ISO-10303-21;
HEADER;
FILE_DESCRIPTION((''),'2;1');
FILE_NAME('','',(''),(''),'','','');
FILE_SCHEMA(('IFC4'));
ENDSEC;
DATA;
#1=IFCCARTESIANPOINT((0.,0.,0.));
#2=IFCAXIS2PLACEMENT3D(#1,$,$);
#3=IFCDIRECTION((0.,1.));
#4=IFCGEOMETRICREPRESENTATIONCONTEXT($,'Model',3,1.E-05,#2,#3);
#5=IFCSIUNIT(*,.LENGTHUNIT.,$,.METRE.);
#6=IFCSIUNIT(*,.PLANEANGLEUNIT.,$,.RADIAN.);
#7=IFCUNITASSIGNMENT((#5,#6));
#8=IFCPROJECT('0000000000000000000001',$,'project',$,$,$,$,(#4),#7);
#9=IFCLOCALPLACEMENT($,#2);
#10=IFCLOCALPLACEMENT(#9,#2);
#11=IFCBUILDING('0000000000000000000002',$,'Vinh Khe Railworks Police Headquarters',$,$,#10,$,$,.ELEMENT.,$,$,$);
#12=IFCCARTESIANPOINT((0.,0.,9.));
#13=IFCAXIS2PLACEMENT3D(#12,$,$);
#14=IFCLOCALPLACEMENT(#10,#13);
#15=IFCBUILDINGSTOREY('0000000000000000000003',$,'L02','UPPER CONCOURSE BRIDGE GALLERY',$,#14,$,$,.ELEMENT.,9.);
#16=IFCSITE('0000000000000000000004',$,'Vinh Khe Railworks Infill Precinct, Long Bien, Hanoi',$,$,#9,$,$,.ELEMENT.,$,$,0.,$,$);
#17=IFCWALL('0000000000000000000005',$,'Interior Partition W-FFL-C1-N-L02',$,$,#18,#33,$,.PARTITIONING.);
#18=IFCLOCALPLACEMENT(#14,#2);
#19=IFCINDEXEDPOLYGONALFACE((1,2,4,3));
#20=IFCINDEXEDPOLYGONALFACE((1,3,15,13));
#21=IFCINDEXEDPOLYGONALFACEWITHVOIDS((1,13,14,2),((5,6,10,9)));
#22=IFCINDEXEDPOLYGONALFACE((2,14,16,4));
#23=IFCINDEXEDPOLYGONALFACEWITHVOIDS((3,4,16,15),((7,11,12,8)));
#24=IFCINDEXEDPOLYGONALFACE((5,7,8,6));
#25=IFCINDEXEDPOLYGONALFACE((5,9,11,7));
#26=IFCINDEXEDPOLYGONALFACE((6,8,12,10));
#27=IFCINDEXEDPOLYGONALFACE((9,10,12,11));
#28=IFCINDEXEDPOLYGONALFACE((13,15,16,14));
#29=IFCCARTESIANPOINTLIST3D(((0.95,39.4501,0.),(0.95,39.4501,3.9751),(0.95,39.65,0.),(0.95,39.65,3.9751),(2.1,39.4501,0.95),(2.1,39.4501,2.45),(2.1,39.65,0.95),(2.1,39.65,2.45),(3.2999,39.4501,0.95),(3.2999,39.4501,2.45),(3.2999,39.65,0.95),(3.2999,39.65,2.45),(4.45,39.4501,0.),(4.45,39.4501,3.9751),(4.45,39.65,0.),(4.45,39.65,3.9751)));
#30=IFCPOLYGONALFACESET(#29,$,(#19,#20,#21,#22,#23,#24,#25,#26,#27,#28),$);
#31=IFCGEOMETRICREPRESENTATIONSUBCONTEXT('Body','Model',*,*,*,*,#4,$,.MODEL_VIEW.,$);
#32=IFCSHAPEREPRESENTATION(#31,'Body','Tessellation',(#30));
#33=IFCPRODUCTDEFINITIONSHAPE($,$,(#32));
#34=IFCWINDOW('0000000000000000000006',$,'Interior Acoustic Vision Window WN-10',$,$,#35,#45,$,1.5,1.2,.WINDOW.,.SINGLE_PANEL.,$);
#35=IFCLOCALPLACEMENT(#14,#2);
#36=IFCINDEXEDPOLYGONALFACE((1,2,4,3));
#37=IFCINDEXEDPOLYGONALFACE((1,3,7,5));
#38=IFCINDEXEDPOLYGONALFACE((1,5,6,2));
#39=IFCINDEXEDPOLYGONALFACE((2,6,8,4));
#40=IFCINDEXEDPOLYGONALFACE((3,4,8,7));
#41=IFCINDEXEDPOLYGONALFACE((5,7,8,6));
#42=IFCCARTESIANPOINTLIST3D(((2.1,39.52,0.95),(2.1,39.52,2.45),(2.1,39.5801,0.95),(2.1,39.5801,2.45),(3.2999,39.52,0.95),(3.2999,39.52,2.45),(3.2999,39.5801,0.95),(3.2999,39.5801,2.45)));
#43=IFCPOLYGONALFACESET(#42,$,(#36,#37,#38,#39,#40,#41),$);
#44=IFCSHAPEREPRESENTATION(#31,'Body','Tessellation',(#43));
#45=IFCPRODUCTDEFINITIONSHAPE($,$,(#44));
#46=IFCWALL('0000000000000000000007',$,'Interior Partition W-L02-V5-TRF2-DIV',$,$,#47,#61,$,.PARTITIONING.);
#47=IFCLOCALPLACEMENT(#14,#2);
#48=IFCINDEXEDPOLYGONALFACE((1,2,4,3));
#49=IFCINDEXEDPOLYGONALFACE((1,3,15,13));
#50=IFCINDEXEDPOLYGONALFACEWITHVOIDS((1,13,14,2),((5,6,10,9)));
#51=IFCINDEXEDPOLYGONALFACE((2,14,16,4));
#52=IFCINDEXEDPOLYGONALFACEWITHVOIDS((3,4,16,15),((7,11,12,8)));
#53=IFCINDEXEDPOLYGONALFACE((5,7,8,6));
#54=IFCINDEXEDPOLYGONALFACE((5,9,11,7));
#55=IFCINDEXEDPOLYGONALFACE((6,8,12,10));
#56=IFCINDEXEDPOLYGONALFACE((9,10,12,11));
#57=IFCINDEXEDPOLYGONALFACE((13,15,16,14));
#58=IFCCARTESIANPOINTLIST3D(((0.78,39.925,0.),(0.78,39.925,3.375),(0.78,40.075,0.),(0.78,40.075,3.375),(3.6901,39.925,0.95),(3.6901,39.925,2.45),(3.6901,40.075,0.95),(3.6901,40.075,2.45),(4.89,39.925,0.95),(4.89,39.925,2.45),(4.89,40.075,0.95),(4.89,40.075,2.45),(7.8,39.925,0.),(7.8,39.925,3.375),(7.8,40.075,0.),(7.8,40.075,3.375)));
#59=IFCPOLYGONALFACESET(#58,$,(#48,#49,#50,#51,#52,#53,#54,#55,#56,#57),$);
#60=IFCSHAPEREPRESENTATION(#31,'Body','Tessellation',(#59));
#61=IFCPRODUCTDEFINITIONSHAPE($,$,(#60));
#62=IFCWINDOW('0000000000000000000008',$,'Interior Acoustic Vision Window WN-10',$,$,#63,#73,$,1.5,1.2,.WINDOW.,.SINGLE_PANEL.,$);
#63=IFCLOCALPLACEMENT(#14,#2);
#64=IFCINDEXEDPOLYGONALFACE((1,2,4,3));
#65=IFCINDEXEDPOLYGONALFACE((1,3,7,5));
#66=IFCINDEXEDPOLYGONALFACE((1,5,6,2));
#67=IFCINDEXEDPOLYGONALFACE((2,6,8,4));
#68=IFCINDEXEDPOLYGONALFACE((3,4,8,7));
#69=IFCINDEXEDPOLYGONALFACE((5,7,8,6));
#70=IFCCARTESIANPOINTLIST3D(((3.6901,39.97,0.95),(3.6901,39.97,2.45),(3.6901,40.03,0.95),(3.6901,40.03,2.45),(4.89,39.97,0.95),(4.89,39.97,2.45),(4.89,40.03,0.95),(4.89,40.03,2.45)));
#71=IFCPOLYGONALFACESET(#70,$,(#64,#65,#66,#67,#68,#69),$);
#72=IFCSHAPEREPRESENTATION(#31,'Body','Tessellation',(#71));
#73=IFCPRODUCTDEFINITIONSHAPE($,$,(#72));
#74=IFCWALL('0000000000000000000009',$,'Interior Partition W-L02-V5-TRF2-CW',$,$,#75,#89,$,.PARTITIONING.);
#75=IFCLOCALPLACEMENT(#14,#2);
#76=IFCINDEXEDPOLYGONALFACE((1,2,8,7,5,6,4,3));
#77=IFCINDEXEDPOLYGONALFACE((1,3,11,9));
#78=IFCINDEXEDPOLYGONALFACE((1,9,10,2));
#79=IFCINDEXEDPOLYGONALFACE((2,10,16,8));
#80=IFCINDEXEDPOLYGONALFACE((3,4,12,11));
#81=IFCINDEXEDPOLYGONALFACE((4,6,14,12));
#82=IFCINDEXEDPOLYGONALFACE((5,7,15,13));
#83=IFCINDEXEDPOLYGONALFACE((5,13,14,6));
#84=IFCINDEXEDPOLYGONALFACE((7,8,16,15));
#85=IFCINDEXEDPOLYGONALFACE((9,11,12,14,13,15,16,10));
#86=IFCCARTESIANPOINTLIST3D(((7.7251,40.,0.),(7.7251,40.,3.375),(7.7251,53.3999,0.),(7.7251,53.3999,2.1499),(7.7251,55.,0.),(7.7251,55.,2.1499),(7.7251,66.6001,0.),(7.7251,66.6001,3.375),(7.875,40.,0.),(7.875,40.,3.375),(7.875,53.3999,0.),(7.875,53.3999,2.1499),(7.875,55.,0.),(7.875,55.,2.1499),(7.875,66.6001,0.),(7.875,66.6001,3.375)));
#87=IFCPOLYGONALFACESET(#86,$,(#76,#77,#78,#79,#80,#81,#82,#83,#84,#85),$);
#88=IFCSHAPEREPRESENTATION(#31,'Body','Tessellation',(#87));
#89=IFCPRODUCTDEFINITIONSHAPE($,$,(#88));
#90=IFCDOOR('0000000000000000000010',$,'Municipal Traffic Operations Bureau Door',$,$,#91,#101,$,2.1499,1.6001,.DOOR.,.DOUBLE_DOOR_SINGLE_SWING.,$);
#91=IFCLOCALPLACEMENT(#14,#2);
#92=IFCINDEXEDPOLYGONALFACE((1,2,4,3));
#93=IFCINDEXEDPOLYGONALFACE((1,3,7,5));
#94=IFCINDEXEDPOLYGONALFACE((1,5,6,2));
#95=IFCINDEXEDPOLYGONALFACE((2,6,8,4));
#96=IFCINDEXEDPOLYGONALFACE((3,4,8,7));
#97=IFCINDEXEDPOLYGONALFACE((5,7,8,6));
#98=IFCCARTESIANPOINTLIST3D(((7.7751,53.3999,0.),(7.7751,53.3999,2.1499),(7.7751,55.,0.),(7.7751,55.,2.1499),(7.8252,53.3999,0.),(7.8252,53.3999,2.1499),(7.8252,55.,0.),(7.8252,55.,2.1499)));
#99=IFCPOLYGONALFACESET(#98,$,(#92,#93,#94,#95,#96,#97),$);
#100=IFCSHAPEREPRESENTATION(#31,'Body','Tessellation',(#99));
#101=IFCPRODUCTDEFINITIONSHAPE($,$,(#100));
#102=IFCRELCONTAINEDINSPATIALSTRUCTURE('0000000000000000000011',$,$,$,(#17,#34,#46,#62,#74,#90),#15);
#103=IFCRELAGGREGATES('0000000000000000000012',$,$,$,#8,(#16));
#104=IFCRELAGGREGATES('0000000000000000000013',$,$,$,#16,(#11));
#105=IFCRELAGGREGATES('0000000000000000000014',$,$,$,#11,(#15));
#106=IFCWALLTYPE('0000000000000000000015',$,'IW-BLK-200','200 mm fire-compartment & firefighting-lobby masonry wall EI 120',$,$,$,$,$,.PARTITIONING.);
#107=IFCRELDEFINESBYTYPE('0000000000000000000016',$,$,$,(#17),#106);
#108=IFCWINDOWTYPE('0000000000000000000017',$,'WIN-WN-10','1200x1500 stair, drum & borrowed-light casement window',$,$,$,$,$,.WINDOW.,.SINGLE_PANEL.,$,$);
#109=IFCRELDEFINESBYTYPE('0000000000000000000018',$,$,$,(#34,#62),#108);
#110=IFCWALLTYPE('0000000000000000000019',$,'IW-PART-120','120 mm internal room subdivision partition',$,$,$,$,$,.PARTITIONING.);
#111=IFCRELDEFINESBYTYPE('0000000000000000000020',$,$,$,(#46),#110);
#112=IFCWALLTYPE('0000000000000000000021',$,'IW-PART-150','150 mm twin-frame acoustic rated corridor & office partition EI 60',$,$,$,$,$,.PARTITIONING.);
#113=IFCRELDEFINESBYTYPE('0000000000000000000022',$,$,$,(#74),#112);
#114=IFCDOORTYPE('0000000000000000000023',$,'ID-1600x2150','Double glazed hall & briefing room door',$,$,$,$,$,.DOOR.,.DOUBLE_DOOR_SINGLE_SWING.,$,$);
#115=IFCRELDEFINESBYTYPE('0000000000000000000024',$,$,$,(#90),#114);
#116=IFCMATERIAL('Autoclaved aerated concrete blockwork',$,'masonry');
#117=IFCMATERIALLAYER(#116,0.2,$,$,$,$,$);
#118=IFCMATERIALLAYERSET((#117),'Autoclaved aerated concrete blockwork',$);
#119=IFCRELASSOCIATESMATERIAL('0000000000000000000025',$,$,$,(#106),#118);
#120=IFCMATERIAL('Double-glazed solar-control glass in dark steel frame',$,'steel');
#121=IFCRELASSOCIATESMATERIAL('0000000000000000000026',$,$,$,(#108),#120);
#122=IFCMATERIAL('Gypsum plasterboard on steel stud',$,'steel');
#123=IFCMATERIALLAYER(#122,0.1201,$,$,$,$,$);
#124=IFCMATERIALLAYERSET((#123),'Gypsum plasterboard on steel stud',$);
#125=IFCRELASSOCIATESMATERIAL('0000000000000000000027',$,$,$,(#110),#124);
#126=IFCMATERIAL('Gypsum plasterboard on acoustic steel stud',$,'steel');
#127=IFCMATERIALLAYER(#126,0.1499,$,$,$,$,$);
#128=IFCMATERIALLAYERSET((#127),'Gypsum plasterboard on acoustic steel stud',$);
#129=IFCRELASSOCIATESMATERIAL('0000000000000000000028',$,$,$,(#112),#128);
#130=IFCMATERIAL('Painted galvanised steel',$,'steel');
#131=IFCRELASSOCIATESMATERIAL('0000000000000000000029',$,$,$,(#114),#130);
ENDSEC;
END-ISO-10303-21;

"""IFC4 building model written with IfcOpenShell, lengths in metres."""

from ifc_helpers import new_model, si_unit, direction, frame, frame_2d, origin, place, context, subcontext, project, spatial, rectangle, extrude, material, layer, layer_set, type_object, element, fill, save


model = new_model("IFC4")

# Units and contexts
model_context = context("Model", 3, precision=1e-05, world=origin(), true_north=direction((0.0, 1.0)))
body_context = subcontext(model_context, "Body", "Model", "MODEL_VIEW")
ifc_project = project(units=[si_unit("LENGTHUNIT", "METRE"), si_unit("PLANEANGLEUNIT", "RADIAN")], contexts=[model_context])

# Site, building, storey
site_placement = place(None, origin())
site = spatial("IfcSite", under=ifc_project, at=site_placement, Name="Vinh Khe Railworks Infill Precinct, Long Bien, Hanoi", CompositionType="ELEMENT", RefElevation=0.0)
building_placement = place(site_placement, origin())
building = spatial("IfcBuilding", under=site, at=building_placement, Name="Vinh Khe Railworks Police Headquarters", CompositionType="ELEMENT")
storey_placement = place(building_placement, frame((0.0, 0.0, 9.0)))
storey = spatial("IfcBuildingStorey", under=building, at=storey_placement, Name="L02", Description="UPPER CONCOURSE BRIDGE GALLERY", CompositionType="ELEMENT", Elevation=9.0)

# Shared definitions
ifc_material_1 = material(Name="Painted galvanised steel", Category="steel")

# Wall, opening, window
ifc_material_2 = material(Name="Double-glazed solar-control glass in dark steel frame", Category="steel")
ifc_material_3 = material(Name="Autoclaved aerated concrete blockwork", Category="masonry")
ifc_layer_1 = layer(ifc_material_3, 0.2)
ifc_layer_set_1 = layer_set([ifc_layer_1], Name="Autoclaved aerated concrete blockwork")
wall_type_1 = type_object("IfcWallType", Name="IW-BLK-200", Description="200 mm fire-compartment & firefighting-lobby masonry wall EI 120", PredefinedType="PARTITIONING", material=ifc_layer_set_1)
wall_1_placement = place(storey_placement, frame((0.95, 39.55, 0.0), z_axis=(0.0, 0.0, 1.0), x_axis=(1.0, 0.0, 0.0)))
wall_1 = element("IfcWall", 1, at=wall_1_placement, inside=storey, type_object=wall_type_1, Name="Interior Partition W-FFL-C1-N-L02", PredefinedType="PARTITIONING", context=body_context, shape_type="SweptSolid", body=[
    extrude(rectangle(XDim=3.5, YDim=0.2, at=frame_2d((1.75, 0.0))), origin(), (0.0, 0.0, 1.0), 3.9751),
])
opening_1_placement = place(wall_1_placement, frame((1.1499, 0.0, 0.95)))
opening_1 = element("IfcOpeningElement", 2, at=opening_1_placement, cuts=wall_1, PredefinedType="OPENING", context=body_context, shape_type="SweptSolid", body=[
    extrude(rectangle(XDim=1.2, YDim=1.5, at=frame_2d((0.6001, 0.75))), frame((0.0, 0.1147, 0.0), z_axis=(0.0, -1.0, 0.0), x_axis=(1.0, 0.0, 0.0)), (0.0, 0.0, 1.0), 0.2297),
])
window_type_1 = type_object("IfcWindowType", Name="WIN-WN-10", Description="1200x1500 stair, drum & borrowed-light casement window", PartitioningType="SINGLE_PANEL", PredefinedType="WINDOW", material=ifc_material_2)
window_1_placement = place(opening_1_placement, origin())
window_1 = element("IfcWindow", 3, at=window_1_placement, inside=storey, type_object=window_type_1, Name="Interior Acoustic Vision Window WN-10", OverallHeight=1.5, OverallWidth=1.2, PartitioningType="SINGLE_PANEL", PredefinedType="WINDOW", context=body_context, shape_type="SweptSolid", body=[
    extrude(rectangle(XDim=1.2, YDim=1.5, at=frame_2d((0.6001, 0.75))), frame((0.0, 0.03, 0.0), z_axis=(0.0, -1.0, 0.0), x_axis=(1.0, 0.0, 0.0)), (0.0, 0.0, 1.0), 0.0601),
])
fill(opening_1, window_1)

# Wall, opening, window
ifc_material_4 = material(Name="Gypsum plasterboard on steel stud", Category="steel")
ifc_layer_2 = layer(ifc_material_4, 0.1201)
ifc_layer_set_2 = layer_set([ifc_layer_2], Name="Gypsum plasterboard on steel stud")
wall_type_2 = type_object("IfcWallType", Name="IW-PART-120", Description="120 mm internal room subdivision partition", PredefinedType="PARTITIONING", material=ifc_layer_set_2)
wall_2_placement = place(storey_placement, frame((0.78, 40.0, 0.0), z_axis=(0.0, 0.0, 1.0), x_axis=(1.0, 0.0, 0.0)))
wall_2 = element("IfcWall", 4, at=wall_2_placement, inside=storey, type_object=wall_type_2, Name="Interior Partition W-L02-V5-TRF2-DIV", PredefinedType="PARTITIONING", context=body_context, shape_type="SweptSolid", body=[
    extrude(rectangle(XDim=7.02, YDim=0.1499, at=frame_2d((3.51, 0.0))), origin(), (0.0, 0.0, 1.0), 3.375),
])
opening_2_placement = place(wall_2_placement, frame((2.9099, 0.0, 0.95)))
opening_2 = element("IfcOpeningElement", 5, at=opening_2_placement, cuts=wall_2, PredefinedType="OPENING", context=body_context, shape_type="SweptSolid", body=[
    extrude(rectangle(XDim=1.2, YDim=1.5, at=frame_2d((0.6001, 0.75))), frame((0.0, 0.0898, 0.0), z_axis=(0.0, -1.0, 0.0), x_axis=(1.0, 0.0, 0.0)), (0.0, 0.0, 1.0), 0.1797),
])
window_2_placement = place(opening_2_placement, origin())
window_2 = element("IfcWindow", 6, at=window_2_placement, inside=storey, type_object=window_type_1, Name="Interior Acoustic Vision Window WN-10", OverallHeight=1.5, OverallWidth=1.2, PartitioningType="SINGLE_PANEL", PredefinedType="WINDOW", context=body_context, shape_type="SweptSolid", body=[
    extrude(rectangle(XDim=1.2, YDim=1.5, at=frame_2d((0.6001, 0.75))), frame((0.0, 0.03, 0.0), z_axis=(0.0, -1.0, 0.0), x_axis=(1.0, 0.0, 0.0)), (0.0, 0.0, 1.0), 0.0601),
])
fill(opening_2, window_2)

# Wall, opening, door
ifc_material_5 = material(Name="Gypsum plasterboard on acoustic steel stud", Category="steel")
ifc_layer_3 = layer(ifc_material_5, 0.1499)
ifc_layer_set_3 = layer_set([ifc_layer_3], Name="Gypsum plasterboard on acoustic steel stud")
wall_type_3 = type_object("IfcWallType", Name="IW-PART-150", Description="150 mm twin-frame acoustic rated corridor & office partition EI 60", PredefinedType="PARTITIONING", material=ifc_layer_set_3)
wall_3_placement = place(storey_placement, frame((7.8, 40.0, 0.0), z_axis=(0.0, 0.0, 1.0), x_axis=(0.0, 1.0, 0.0)))
wall_3 = element("IfcWall", 7, at=wall_3_placement, inside=storey, type_object=wall_type_3, Name="Interior Partition W-L02-V5-TRF2-CW", PredefinedType="PARTITIONING", context=body_context, shape_type="SweptSolid", body=[
    extrude(rectangle(XDim=26.6001, YDim=0.1499, at=frame_2d((13.3, 0.0))), origin(), (0.0, 0.0, 1.0), 3.375),
])
opening_3_placement = place(wall_3_placement, frame((13.3999, 0.0, 0.0)))
opening_3 = element("IfcOpeningElement", 8, at=opening_3_placement, cuts=wall_3, PredefinedType="OPENING", context=body_context, shape_type="SweptSolid", body=[
    extrude(rectangle(XDim=1.6001, YDim=2.1499, at=frame_2d((0.8, 1.075))), frame((0.0, 0.0898, 0.0), z_axis=(0.0, -1.0, 0.0), x_axis=(1.0, 0.0, 0.0)), (0.0, 0.0, 1.0), 0.1797),
])
door_type_1 = type_object("IfcDoorType", Name="ID-1600x2150", Description="Double glazed hall & briefing room door", OperationType="DOUBLE_DOOR_SINGLE_SWING", PredefinedType="DOOR", material=ifc_material_1)
door_1_placement = place(opening_3_placement, origin())
door_1 = element("IfcDoor", 9, at=door_1_placement, inside=storey, type_object=door_type_1, Name="Municipal Traffic Operations Bureau Door", OperationType="DOUBLE_DOOR_SINGLE_SWING", OverallHeight=2.1499, OverallWidth=1.6001, PredefinedType="DOOR", context=body_context, shape_type="SweptSolid", body=[
    extrude(rectangle(XDim=1.6001, YDim=2.1499, at=frame_2d((0.8, 1.075))), frame((0.0, 0.0249, 0.0), z_axis=(0.0, -1.0, 0.0), x_axis=(1.0, 0.0, 0.0)), (0.0, 0.0, 1.0), 0.05),
])
fill(opening_3, door_1)

save(model, "model.ifc")
